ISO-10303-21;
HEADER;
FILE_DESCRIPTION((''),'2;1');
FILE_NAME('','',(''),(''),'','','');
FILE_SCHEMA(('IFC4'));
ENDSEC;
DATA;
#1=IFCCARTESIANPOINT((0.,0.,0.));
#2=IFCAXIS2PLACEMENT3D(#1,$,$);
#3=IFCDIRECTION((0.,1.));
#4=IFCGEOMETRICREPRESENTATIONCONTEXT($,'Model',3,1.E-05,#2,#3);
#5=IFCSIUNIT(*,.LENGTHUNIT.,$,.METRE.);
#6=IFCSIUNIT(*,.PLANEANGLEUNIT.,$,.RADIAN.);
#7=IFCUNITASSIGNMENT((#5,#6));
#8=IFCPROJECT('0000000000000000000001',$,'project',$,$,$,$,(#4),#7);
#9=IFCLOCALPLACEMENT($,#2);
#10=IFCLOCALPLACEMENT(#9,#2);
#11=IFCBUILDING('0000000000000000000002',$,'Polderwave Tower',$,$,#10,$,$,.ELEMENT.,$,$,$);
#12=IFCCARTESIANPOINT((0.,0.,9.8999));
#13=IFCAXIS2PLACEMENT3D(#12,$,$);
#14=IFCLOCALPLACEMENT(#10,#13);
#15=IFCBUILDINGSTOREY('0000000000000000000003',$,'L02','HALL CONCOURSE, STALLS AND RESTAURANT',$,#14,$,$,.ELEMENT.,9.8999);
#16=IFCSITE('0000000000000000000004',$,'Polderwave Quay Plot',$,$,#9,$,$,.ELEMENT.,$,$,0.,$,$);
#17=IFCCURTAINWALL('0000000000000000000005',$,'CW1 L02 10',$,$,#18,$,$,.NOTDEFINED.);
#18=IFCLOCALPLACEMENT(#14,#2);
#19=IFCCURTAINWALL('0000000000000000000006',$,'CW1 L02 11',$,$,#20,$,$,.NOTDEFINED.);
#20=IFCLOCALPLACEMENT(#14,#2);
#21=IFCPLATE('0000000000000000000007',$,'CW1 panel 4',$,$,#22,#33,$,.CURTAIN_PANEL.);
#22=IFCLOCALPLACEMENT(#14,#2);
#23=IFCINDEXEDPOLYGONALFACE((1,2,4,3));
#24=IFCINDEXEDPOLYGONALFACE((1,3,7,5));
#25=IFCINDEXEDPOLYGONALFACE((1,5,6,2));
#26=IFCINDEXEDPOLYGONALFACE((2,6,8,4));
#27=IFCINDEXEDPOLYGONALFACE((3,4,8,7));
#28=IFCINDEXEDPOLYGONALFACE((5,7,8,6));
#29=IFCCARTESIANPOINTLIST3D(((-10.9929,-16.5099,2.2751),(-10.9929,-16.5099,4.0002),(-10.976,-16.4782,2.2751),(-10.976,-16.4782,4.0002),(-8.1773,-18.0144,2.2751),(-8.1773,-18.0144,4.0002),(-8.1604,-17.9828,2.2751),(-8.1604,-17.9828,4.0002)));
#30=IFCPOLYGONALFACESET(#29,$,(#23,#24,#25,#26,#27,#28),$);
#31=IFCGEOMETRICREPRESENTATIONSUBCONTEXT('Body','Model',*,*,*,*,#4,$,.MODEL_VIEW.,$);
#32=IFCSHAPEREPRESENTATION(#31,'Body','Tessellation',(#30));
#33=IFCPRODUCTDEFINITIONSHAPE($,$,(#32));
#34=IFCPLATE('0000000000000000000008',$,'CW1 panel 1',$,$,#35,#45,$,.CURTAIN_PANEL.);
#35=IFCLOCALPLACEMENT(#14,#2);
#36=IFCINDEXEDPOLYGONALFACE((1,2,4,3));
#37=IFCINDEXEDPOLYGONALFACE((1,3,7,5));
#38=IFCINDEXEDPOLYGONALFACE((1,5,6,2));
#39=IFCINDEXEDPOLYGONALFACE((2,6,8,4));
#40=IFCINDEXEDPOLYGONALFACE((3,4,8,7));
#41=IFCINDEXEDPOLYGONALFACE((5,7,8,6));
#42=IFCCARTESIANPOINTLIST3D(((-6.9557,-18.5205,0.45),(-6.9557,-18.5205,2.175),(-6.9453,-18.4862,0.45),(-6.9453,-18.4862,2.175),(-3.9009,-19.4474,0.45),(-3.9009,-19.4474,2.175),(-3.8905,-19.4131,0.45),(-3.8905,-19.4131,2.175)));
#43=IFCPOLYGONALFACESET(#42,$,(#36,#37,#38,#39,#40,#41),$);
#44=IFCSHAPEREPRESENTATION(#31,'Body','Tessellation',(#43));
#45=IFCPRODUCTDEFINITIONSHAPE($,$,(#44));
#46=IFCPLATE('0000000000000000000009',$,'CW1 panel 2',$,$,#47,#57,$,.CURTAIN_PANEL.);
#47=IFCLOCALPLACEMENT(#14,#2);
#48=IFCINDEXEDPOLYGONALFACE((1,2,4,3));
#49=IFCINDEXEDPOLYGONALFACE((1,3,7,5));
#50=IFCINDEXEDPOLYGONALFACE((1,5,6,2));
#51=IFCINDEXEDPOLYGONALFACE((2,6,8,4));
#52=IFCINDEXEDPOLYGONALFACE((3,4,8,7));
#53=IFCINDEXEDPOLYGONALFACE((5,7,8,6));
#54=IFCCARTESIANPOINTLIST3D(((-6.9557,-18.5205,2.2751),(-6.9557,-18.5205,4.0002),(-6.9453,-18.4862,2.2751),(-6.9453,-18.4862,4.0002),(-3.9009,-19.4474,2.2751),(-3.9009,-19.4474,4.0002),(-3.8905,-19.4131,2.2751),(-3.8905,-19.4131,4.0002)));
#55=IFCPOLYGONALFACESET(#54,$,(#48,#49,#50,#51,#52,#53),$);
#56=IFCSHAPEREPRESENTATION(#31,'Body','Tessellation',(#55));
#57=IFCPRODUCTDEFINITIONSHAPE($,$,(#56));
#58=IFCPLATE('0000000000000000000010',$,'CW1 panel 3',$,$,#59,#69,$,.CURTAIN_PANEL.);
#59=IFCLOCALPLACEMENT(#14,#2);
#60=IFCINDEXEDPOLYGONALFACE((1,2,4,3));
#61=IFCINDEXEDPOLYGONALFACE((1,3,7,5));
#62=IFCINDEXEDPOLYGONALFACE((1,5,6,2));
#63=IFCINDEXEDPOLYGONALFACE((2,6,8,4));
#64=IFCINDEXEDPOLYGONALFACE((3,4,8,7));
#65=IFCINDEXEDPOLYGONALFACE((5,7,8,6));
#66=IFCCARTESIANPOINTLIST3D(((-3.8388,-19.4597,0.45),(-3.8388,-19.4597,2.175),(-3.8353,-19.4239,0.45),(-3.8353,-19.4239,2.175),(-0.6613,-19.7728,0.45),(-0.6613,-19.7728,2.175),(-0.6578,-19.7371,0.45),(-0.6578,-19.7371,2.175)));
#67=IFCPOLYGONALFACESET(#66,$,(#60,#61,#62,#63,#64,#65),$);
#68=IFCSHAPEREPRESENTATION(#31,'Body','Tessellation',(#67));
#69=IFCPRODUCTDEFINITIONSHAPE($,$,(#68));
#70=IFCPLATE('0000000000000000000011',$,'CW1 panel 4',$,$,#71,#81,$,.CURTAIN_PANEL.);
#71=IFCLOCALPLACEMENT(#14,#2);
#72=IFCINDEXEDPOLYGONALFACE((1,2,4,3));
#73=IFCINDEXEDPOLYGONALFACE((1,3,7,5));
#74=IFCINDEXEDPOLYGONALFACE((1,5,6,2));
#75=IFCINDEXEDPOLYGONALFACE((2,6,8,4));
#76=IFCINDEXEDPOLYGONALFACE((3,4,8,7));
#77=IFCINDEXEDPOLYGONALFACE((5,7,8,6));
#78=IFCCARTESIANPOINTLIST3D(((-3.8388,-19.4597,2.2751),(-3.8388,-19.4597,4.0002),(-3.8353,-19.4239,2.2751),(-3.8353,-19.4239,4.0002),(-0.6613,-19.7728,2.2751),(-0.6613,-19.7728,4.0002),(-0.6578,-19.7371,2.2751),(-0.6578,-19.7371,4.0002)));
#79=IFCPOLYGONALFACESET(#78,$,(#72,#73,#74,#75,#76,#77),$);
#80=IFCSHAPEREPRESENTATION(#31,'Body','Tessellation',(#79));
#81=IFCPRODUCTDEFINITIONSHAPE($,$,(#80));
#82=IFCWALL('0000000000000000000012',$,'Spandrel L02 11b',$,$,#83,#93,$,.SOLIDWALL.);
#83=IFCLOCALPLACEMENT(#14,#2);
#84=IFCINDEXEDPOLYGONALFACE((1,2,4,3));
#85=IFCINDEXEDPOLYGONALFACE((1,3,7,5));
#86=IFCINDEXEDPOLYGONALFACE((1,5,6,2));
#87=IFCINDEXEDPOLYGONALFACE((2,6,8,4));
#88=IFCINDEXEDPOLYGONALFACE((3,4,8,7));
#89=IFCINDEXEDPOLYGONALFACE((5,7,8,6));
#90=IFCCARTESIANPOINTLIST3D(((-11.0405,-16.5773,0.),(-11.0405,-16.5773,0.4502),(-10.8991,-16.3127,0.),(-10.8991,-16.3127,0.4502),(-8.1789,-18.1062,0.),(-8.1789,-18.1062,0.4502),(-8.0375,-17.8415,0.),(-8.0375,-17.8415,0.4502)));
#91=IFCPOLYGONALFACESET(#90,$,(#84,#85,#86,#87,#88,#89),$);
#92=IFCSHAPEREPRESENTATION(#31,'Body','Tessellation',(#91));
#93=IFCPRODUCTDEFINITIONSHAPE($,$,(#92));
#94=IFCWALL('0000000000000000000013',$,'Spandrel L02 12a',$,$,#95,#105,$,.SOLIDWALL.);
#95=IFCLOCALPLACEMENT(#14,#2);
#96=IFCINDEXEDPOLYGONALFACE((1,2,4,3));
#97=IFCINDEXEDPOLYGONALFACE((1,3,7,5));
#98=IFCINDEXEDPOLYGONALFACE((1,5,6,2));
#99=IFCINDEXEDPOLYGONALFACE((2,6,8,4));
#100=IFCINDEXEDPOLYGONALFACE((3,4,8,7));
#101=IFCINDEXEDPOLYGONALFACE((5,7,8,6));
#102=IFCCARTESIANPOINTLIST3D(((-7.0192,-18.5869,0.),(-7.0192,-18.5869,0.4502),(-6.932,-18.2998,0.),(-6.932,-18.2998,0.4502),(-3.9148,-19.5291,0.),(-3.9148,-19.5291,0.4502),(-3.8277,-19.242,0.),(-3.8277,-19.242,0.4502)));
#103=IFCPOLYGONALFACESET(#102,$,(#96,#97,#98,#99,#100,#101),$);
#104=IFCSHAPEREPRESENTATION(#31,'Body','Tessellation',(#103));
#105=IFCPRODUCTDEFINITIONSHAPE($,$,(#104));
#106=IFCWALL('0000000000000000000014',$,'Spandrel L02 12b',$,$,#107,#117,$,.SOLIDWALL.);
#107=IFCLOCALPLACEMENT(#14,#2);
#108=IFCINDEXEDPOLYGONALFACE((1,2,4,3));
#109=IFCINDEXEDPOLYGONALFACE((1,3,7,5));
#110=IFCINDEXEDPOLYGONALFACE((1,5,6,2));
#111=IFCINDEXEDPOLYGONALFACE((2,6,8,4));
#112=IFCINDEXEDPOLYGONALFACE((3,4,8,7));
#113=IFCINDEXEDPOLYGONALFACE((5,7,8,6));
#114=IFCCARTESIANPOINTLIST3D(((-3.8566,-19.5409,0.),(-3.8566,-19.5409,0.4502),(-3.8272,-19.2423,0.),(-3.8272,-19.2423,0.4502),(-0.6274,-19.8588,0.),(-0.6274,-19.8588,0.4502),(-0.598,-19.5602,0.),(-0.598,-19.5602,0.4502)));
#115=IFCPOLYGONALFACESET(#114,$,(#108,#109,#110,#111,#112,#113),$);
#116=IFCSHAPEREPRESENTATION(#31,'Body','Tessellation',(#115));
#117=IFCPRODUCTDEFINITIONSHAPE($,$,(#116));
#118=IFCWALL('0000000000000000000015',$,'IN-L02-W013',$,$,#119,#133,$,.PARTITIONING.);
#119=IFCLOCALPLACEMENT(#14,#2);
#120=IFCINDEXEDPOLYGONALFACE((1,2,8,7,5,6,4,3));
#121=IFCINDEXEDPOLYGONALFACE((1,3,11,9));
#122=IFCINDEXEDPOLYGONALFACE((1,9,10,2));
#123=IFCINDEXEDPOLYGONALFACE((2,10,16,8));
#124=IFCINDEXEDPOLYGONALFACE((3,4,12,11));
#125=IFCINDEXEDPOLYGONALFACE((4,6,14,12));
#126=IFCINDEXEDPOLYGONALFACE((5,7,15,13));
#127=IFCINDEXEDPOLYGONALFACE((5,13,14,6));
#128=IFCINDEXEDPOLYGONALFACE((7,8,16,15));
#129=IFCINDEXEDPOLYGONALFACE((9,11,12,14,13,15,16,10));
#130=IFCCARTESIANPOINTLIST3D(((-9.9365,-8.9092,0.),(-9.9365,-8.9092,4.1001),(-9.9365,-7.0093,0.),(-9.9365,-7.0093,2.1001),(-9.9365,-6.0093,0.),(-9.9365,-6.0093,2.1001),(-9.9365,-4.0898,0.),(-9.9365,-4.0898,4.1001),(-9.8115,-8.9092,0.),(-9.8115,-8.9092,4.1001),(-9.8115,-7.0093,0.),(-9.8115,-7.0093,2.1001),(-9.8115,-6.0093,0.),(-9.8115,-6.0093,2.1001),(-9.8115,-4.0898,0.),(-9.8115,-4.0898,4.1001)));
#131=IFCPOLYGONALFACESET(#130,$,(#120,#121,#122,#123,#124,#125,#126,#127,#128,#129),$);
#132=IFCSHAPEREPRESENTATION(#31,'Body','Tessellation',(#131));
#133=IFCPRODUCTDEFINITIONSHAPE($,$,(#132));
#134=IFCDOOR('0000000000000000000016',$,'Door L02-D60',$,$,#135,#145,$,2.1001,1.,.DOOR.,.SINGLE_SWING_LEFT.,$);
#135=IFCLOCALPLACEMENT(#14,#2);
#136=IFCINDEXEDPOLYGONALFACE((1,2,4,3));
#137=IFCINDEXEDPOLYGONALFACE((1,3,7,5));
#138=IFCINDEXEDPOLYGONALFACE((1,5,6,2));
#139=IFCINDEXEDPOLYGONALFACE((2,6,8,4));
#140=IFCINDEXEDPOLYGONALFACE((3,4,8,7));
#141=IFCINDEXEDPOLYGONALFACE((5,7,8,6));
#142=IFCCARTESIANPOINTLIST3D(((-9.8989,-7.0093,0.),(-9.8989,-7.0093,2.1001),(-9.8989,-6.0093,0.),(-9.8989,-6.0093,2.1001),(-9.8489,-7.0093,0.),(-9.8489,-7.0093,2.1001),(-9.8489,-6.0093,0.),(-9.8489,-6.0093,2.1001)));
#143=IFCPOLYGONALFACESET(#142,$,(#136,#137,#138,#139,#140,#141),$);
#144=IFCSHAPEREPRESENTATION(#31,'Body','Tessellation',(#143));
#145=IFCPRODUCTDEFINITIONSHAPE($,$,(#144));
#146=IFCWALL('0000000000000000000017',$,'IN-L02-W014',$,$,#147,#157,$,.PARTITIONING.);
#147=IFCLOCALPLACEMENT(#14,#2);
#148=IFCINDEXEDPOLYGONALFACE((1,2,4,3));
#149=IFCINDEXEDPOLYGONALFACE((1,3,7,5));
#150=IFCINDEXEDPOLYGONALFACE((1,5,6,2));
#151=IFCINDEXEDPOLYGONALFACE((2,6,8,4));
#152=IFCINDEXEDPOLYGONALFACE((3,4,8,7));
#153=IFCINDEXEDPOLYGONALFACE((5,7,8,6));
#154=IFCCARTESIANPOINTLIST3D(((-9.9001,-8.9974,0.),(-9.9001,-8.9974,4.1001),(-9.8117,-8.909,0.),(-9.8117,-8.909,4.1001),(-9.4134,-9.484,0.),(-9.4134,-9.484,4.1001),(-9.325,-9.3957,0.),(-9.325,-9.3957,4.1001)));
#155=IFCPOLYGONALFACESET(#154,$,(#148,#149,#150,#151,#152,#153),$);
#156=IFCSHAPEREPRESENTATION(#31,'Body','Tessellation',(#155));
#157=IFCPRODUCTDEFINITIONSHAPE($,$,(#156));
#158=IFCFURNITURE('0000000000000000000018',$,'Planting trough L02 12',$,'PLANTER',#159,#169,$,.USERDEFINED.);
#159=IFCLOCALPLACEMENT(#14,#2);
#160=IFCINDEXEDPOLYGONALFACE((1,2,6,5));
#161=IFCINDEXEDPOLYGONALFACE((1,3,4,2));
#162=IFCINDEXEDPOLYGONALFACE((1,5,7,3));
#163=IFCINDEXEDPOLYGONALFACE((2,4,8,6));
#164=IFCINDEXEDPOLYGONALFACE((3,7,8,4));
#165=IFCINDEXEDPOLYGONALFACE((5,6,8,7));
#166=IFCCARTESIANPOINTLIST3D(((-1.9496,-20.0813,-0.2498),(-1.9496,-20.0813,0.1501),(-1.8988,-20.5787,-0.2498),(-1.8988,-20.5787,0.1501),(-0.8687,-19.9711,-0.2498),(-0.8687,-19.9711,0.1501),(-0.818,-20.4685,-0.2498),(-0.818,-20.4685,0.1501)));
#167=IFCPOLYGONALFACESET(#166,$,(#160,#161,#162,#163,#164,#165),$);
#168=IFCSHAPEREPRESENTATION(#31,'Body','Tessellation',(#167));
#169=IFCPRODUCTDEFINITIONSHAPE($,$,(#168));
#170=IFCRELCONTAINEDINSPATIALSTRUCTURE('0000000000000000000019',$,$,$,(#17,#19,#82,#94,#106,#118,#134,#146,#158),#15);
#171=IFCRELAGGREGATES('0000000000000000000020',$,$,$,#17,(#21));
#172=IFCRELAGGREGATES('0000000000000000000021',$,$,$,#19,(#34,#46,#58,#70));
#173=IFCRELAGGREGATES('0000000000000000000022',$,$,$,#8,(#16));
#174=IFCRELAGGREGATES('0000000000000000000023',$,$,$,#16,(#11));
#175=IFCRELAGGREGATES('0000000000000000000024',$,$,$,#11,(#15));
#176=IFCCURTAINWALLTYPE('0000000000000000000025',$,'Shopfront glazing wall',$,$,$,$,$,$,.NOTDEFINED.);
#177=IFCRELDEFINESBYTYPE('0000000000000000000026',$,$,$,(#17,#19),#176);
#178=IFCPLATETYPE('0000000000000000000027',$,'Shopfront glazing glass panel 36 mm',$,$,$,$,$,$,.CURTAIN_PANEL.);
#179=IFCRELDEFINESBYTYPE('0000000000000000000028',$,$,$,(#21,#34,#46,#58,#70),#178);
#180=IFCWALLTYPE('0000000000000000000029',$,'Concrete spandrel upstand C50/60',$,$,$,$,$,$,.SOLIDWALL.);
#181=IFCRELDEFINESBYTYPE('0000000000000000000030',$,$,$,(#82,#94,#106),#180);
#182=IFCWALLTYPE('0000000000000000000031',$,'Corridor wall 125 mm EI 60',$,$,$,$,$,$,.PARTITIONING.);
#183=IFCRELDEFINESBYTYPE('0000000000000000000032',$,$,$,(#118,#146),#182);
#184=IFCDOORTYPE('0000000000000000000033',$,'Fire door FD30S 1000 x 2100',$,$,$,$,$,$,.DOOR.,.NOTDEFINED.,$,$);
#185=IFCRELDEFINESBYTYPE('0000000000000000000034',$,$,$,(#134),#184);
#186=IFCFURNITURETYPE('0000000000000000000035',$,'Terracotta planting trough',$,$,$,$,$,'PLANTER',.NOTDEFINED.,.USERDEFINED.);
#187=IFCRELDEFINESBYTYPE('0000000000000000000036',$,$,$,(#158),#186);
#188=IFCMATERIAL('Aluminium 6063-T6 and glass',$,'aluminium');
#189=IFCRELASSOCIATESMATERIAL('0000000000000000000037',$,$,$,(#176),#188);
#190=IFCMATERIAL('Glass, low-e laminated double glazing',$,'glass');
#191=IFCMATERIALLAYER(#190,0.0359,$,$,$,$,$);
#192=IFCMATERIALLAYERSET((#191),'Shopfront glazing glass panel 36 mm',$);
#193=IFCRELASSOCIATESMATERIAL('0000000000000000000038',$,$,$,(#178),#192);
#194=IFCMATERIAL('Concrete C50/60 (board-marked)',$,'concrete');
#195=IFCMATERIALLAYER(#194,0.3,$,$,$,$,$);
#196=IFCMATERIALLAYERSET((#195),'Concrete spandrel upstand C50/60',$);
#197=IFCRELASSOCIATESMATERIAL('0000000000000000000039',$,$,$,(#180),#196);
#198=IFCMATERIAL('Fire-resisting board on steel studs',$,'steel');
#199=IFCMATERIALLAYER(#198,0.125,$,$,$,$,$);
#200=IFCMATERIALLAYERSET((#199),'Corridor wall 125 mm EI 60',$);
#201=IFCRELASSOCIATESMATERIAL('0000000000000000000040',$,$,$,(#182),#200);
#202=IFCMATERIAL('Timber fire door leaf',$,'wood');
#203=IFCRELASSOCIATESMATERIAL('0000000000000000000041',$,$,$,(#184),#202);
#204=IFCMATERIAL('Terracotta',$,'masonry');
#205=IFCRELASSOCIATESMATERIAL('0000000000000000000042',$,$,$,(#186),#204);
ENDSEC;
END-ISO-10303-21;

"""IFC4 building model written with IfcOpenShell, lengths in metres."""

from ifc_helpers import new_model, si_unit, direction, frame, frame_2d, origin, origin_2d, place, context, subcontext, project, spatial, rectangle, extrude, material, layer, layer_set, type_object, element, fill, aggregate, save


model = new_model("IFC4")

# Units and contexts
model_context = context("Model", 3, precision=1e-05, world=origin(), true_north=direction((0.0, 1.0)))
body_context = subcontext(model_context, "Body", "Model", "MODEL_VIEW")
ifc_project = project(units=[si_unit("LENGTHUNIT", "METRE"), si_unit("PLANEANGLEUNIT", "RADIAN")], contexts=[model_context])

# Site, building, storey
site_placement = place(None, origin())
site = spatial("IfcSite", under=ifc_project, at=site_placement, Name="Polderwave Quay Plot", CompositionType="ELEMENT", RefElevation=0.0)
building_placement = place(site_placement, origin())
building = spatial("IfcBuilding", under=site, at=building_placement, Name="Polderwave Tower", CompositionType="ELEMENT")
storey_placement = place(building_placement, frame((0.0, 0.0, 9.8999)))
storey = spatial("IfcBuildingStorey", under=building, at=storey_placement, Name="L02", Description="HALL CONCOURSE, STALLS AND RESTAURANT", CompositionType="ELEMENT", Elevation=9.8999)

# Curtain wall
ifc_material_1 = material(Name="Aluminium 6063-T6 and glass", Category="aluminium")
curtain_wall_type = type_object("IfcCurtainWallType", Name="Shopfront glazing wall", PredefinedType="NOTDEFINED", material=ifc_material_1)
curtain_wall_1_placement = place(storey_placement, origin())
curtain_wall_1 = element("IfcCurtainWall", 1, at=curtain_wall_1_placement, inside=storey, type_object=curtain_wall_type, Name="CW1 L02 10", PredefinedType="NOTDEFINED")

# Curtain wall
curtain_wall_2_placement = place(storey_placement, origin())
curtain_wall_2 = element("IfcCurtainWall", 2, at=curtain_wall_2_placement, inside=storey, type_object=curtain_wall_type, Name="CW1 L02 11", PredefinedType="NOTDEFINED")

# Plates
ifc_material_2 = material(Name="Glass, low-e laminated double glazing", Category="glass")
ifc_layer_1 = layer(ifc_material_2, 0.0359)
ifc_layer_set_1 = layer_set([ifc_layer_1], Name="Shopfront glazing glass panel 36 mm")
plate_type = type_object("IfcPlateType", Name="Shopfront glazing glass panel 36 mm", PredefinedType="CURTAIN_PANEL", material=ifc_layer_set_1)
plate_1_placement = place(storey_placement, frame((-9.5767, -17.2463, 2.2751), z_axis=(0.0, 0.0, 1.0), x_axis=(0.881973, -0.4713, 0.0)))
plate_1 = element("IfcPlate", 3, at=plate_1_placement, type_object=plate_type, Name="CW1 panel 4", PredefinedType="CURTAIN_PANEL", context=body_context, shape_type="SweptSolid", body=[
    extrude(rectangle(XDim=3.1924, YDim=0.0359, at=origin_2d()), origin(), (0.0, 0.0, 1.0), 1.7251),
])
aggregate(curtain_wall_1, [plate_1])
plate_2_placement = place(storey_placement, frame((-5.4231, -18.9668, 0.45), z_axis=(0.0, 0.0, 1.0), x_axis=(0.956925, -0.290336, 0.0)))
plate_2 = element("IfcPlate", 4, at=plate_2_placement, type_object=plate_type, Name="CW1 panel 1", PredefinedType="CURTAIN_PANEL", context=body_context, shape_type="SweptSolid", body=[
    extrude(rectangle(XDim=3.1924, YDim=0.0359, at=origin_2d()), origin(), (0.0, 0.0, 1.0), 1.7251),
])
plate_3_placement = place(storey_placement, frame((-5.4231, -18.9668, 2.2751), z_axis=(0.0, 0.0, 1.0), x_axis=(0.956925, -0.290336, 0.0)))
plate_3 = element("IfcPlate", 5, at=plate_3_placement, type_object=plate_type, Name="CW1 panel 2", PredefinedType="CURTAIN_PANEL", context=body_context, shape_type="SweptSolid", body=[
    extrude(rectangle(XDim=3.1924, YDim=0.0359, at=origin_2d()), origin(), (0.0, 0.0, 1.0), 1.7251),
])
plate_4_placement = place(storey_placement, frame((-2.2483, -19.5984, 0.45), z_axis=(0.0, 0.0, 1.0), x_axis=(0.995178, -0.098087, 0.0)))
plate_4 = element("IfcPlate", 6, at=plate_4_placement, type_object=plate_type, Name="CW1 panel 3", PredefinedType="CURTAIN_PANEL", context=body_context, shape_type="SweptSolid", body=[
    extrude(rectangle(XDim=3.1929, YDim=0.0359, at=origin_2d()), origin(), (0.0, 0.0, 1.0), 1.7251),
])
plate_5_placement = place(storey_placement, frame((-2.2483, -19.5984, 2.2751), z_axis=(0.0, 0.0, 1.0), x_axis=(0.995178, -0.098087, 0.0)))
plate_5 = element("IfcPlate", 7, at=plate_5_placement, type_object=plate_type, Name="CW1 panel 4", PredefinedType="CURTAIN_PANEL", context=body_context, shape_type="SweptSolid", body=[
    extrude(rectangle(XDim=3.1929, YDim=0.0359, at=origin_2d()), origin(), (0.0, 0.0, 1.0), 1.7251),
])
aggregate(curtain_wall_2, [plate_2, plate_3, plate_4, plate_5])

# Walls
ifc_material_3 = material(Name="Concrete C50/60 (board-marked)", Category="concrete")
ifc_layer_2 = layer(ifc_material_3, 0.3)
ifc_layer_set_2 = layer_set([ifc_layer_2], Name="Concrete spandrel upstand C50/60")
wall_type_1 = type_object("IfcWallType", Name="Concrete spandrel upstand C50/60", PredefinedType="SOLIDWALL", material=ifc_layer_set_2)
wall_1_placement = place(storey_placement, frame((-10.9697, -16.4451, 0.0), z_axis=(0.0, 0.0, 1.0), x_axis=(0.882015, -0.471221, 0.0)))
element("IfcWall", 8, at=wall_1_placement, inside=storey, type_object=wall_type_1, Name="Spandrel L02 11b", PredefinedType="SOLIDWALL", context=body_context, shape_type="SweptSolid", body=[
    extrude(rectangle(XDim=3.2444, YDim=0.3, at=frame_2d((1.6221, 0.0))), origin(), (0.0, 0.0, 1.0), 0.4502),
])
wall_2_placement = place(storey_placement, frame((-6.9756, -18.4434, 0.0), z_axis=(0.0, 0.0, 1.0), x_axis=(0.9569, -0.290419, 0.0)))
element("IfcWall", 9, at=wall_2_placement, inside=storey, type_object=wall_type_1, Name="Spandrel L02 12a", PredefinedType="SOLIDWALL", context=body_context, shape_type="SweptSolid", body=[
    extrude(rectangle(XDim=3.2441, YDim=0.3, at=frame_2d((1.6221, 0.0))), origin(), (0.0, 0.0, 1.0), 0.4502),
])
wall_3_placement = place(storey_placement, frame((-3.842, -19.3916, 0.0), z_axis=(0.0, 0.0, 1.0), x_axis=(0.99519, -0.097962, 0.0)))
element("IfcWall", 10, at=wall_3_placement, inside=storey, type_object=wall_type_1, Name="Spandrel L02 12b", PredefinedType="SOLIDWALL", context=body_context, shape_type="SweptSolid", body=[
    extrude(rectangle(XDim=3.2449, YDim=0.3, at=frame_2d((1.6226, 0.0))), origin(), (0.0, 0.0, 1.0), 0.4502),
])

# Wall, opening, door
ifc_material_4 = material(Name="Fire-resisting board on steel studs", Category="steel")
ifc_layer_3 = layer(ifc_material_4, 0.125)
ifc_layer_set_3 = layer_set([ifc_layer_3], Name="Corridor wall 125 mm EI 60")
wall_type_2 = type_object("IfcWallType", Name="Corridor wall 125 mm EI 60", PredefinedType="PARTITIONING", material=ifc_layer_set_3)
wall_4_placement = place(storey_placement, frame((-9.874, -8.9092, 0.0), z_axis=(0.0, 0.0, 1.0), x_axis=(0.0, 1.0, 0.0)))
wall_4 = element("IfcWall", 11, at=wall_4_placement, inside=storey, type_object=wall_type_2, Name="IN-L02-W013", PredefinedType="PARTITIONING", context=body_context, shape_type="SweptSolid", body=[
    extrude(rectangle(XDim=4.8193, YDim=0.125, at=frame_2d((2.4097, 0.0))), origin(), (0.0, 0.0, 1.0), 4.1001),
])
opening_placement = place(wall_4_placement, frame((1.8999, 0.0, 0.0)))
opening = element("IfcOpeningElement", 12, at=opening_placement, cuts=wall_4, PredefinedType="OPENING", context=body_context, shape_type="SweptSolid", body=[
    extrude(rectangle(XDim=1.0, YDim=2.1001, at=frame_2d((0.5, 1.05))), frame((0.0, 0.0725, 0.0), z_axis=(0.0, -1.0, 0.0), x_axis=(1.0, 0.0, 0.0)), (0.0, 0.0, 1.0), 0.145),
])
ifc_material_5 = material(Name="Timber fire door leaf", Category="wood")
door_type = type_object("IfcDoorType", Name="Fire door FD30S 1000 x 2100", OperationType="NOTDEFINED", PredefinedType="DOOR", material=ifc_material_5)
door_placement = place(opening_placement, origin())
door = element("IfcDoor", 13, at=door_placement, inside=storey, type_object=door_type, Name="Door L02-D60", OperationType="SINGLE_SWING_LEFT", OverallHeight=2.1001, OverallWidth=1.0, PredefinedType="DOOR", context=body_context, shape_type="SweptSolid", body=[
    extrude(rectangle(XDim=1.0, YDim=2.1001, at=frame_2d((0.5, 1.05))), frame((0.0, 0.0249, 0.0), z_axis=(0.0, -1.0, 0.0), x_axis=(1.0, 0.0, 0.0)), (0.0, 0.0, 1.0), 0.05),
])
fill(opening, door)

# Wall
wall_5_placement = place(storey_placement, frame((-9.3691, -9.4399, 0.0), z_axis=(0.0, 0.0, 1.0), x_axis=(-0.707107, 0.707107, 0.0)))
element("IfcWall", 14, at=wall_5_placement, inside=storey, type_object=wall_type_2, Name="IN-L02-W014", PredefinedType="PARTITIONING", context=body_context, shape_type="SweptSolid", body=[
    extrude(rectangle(XDim=0.6882, YDim=0.125, at=frame_2d((0.3442, 0.0))), origin(), (0.0, 0.0, 1.0), 4.1001),
])

# Furniture
ifc_material_6 = material(Name="Terracotta", Category="masonry")
furniture_type = type_object("IfcFurnitureType", Name="Terracotta planting trough", ElementType="PLANTER", AssemblyPlace="NOTDEFINED", PredefinedType="USERDEFINED", material=ifc_material_6)
furniture_placement = place(storey_placement, frame((-1.3838, -20.2749, -0.2498), z_axis=(0.0, 0.0, 1.0), x_axis=(0.994842, 0.101438, 0.0)))
element("IfcFurniture", 15, at=furniture_placement, inside=storey, type_object=furniture_type, Name="Planting trough L02 12", ObjectType="PLANTER", PredefinedType="USERDEFINED", context=body_context, shape_type="SweptSolid", body=[
    extrude(rectangle(XDim=1.0864, YDim=0.5, at=origin_2d()), origin(), (0.0, 0.0, 1.0), 0.3999),
])

save(model, "model.ifc")
